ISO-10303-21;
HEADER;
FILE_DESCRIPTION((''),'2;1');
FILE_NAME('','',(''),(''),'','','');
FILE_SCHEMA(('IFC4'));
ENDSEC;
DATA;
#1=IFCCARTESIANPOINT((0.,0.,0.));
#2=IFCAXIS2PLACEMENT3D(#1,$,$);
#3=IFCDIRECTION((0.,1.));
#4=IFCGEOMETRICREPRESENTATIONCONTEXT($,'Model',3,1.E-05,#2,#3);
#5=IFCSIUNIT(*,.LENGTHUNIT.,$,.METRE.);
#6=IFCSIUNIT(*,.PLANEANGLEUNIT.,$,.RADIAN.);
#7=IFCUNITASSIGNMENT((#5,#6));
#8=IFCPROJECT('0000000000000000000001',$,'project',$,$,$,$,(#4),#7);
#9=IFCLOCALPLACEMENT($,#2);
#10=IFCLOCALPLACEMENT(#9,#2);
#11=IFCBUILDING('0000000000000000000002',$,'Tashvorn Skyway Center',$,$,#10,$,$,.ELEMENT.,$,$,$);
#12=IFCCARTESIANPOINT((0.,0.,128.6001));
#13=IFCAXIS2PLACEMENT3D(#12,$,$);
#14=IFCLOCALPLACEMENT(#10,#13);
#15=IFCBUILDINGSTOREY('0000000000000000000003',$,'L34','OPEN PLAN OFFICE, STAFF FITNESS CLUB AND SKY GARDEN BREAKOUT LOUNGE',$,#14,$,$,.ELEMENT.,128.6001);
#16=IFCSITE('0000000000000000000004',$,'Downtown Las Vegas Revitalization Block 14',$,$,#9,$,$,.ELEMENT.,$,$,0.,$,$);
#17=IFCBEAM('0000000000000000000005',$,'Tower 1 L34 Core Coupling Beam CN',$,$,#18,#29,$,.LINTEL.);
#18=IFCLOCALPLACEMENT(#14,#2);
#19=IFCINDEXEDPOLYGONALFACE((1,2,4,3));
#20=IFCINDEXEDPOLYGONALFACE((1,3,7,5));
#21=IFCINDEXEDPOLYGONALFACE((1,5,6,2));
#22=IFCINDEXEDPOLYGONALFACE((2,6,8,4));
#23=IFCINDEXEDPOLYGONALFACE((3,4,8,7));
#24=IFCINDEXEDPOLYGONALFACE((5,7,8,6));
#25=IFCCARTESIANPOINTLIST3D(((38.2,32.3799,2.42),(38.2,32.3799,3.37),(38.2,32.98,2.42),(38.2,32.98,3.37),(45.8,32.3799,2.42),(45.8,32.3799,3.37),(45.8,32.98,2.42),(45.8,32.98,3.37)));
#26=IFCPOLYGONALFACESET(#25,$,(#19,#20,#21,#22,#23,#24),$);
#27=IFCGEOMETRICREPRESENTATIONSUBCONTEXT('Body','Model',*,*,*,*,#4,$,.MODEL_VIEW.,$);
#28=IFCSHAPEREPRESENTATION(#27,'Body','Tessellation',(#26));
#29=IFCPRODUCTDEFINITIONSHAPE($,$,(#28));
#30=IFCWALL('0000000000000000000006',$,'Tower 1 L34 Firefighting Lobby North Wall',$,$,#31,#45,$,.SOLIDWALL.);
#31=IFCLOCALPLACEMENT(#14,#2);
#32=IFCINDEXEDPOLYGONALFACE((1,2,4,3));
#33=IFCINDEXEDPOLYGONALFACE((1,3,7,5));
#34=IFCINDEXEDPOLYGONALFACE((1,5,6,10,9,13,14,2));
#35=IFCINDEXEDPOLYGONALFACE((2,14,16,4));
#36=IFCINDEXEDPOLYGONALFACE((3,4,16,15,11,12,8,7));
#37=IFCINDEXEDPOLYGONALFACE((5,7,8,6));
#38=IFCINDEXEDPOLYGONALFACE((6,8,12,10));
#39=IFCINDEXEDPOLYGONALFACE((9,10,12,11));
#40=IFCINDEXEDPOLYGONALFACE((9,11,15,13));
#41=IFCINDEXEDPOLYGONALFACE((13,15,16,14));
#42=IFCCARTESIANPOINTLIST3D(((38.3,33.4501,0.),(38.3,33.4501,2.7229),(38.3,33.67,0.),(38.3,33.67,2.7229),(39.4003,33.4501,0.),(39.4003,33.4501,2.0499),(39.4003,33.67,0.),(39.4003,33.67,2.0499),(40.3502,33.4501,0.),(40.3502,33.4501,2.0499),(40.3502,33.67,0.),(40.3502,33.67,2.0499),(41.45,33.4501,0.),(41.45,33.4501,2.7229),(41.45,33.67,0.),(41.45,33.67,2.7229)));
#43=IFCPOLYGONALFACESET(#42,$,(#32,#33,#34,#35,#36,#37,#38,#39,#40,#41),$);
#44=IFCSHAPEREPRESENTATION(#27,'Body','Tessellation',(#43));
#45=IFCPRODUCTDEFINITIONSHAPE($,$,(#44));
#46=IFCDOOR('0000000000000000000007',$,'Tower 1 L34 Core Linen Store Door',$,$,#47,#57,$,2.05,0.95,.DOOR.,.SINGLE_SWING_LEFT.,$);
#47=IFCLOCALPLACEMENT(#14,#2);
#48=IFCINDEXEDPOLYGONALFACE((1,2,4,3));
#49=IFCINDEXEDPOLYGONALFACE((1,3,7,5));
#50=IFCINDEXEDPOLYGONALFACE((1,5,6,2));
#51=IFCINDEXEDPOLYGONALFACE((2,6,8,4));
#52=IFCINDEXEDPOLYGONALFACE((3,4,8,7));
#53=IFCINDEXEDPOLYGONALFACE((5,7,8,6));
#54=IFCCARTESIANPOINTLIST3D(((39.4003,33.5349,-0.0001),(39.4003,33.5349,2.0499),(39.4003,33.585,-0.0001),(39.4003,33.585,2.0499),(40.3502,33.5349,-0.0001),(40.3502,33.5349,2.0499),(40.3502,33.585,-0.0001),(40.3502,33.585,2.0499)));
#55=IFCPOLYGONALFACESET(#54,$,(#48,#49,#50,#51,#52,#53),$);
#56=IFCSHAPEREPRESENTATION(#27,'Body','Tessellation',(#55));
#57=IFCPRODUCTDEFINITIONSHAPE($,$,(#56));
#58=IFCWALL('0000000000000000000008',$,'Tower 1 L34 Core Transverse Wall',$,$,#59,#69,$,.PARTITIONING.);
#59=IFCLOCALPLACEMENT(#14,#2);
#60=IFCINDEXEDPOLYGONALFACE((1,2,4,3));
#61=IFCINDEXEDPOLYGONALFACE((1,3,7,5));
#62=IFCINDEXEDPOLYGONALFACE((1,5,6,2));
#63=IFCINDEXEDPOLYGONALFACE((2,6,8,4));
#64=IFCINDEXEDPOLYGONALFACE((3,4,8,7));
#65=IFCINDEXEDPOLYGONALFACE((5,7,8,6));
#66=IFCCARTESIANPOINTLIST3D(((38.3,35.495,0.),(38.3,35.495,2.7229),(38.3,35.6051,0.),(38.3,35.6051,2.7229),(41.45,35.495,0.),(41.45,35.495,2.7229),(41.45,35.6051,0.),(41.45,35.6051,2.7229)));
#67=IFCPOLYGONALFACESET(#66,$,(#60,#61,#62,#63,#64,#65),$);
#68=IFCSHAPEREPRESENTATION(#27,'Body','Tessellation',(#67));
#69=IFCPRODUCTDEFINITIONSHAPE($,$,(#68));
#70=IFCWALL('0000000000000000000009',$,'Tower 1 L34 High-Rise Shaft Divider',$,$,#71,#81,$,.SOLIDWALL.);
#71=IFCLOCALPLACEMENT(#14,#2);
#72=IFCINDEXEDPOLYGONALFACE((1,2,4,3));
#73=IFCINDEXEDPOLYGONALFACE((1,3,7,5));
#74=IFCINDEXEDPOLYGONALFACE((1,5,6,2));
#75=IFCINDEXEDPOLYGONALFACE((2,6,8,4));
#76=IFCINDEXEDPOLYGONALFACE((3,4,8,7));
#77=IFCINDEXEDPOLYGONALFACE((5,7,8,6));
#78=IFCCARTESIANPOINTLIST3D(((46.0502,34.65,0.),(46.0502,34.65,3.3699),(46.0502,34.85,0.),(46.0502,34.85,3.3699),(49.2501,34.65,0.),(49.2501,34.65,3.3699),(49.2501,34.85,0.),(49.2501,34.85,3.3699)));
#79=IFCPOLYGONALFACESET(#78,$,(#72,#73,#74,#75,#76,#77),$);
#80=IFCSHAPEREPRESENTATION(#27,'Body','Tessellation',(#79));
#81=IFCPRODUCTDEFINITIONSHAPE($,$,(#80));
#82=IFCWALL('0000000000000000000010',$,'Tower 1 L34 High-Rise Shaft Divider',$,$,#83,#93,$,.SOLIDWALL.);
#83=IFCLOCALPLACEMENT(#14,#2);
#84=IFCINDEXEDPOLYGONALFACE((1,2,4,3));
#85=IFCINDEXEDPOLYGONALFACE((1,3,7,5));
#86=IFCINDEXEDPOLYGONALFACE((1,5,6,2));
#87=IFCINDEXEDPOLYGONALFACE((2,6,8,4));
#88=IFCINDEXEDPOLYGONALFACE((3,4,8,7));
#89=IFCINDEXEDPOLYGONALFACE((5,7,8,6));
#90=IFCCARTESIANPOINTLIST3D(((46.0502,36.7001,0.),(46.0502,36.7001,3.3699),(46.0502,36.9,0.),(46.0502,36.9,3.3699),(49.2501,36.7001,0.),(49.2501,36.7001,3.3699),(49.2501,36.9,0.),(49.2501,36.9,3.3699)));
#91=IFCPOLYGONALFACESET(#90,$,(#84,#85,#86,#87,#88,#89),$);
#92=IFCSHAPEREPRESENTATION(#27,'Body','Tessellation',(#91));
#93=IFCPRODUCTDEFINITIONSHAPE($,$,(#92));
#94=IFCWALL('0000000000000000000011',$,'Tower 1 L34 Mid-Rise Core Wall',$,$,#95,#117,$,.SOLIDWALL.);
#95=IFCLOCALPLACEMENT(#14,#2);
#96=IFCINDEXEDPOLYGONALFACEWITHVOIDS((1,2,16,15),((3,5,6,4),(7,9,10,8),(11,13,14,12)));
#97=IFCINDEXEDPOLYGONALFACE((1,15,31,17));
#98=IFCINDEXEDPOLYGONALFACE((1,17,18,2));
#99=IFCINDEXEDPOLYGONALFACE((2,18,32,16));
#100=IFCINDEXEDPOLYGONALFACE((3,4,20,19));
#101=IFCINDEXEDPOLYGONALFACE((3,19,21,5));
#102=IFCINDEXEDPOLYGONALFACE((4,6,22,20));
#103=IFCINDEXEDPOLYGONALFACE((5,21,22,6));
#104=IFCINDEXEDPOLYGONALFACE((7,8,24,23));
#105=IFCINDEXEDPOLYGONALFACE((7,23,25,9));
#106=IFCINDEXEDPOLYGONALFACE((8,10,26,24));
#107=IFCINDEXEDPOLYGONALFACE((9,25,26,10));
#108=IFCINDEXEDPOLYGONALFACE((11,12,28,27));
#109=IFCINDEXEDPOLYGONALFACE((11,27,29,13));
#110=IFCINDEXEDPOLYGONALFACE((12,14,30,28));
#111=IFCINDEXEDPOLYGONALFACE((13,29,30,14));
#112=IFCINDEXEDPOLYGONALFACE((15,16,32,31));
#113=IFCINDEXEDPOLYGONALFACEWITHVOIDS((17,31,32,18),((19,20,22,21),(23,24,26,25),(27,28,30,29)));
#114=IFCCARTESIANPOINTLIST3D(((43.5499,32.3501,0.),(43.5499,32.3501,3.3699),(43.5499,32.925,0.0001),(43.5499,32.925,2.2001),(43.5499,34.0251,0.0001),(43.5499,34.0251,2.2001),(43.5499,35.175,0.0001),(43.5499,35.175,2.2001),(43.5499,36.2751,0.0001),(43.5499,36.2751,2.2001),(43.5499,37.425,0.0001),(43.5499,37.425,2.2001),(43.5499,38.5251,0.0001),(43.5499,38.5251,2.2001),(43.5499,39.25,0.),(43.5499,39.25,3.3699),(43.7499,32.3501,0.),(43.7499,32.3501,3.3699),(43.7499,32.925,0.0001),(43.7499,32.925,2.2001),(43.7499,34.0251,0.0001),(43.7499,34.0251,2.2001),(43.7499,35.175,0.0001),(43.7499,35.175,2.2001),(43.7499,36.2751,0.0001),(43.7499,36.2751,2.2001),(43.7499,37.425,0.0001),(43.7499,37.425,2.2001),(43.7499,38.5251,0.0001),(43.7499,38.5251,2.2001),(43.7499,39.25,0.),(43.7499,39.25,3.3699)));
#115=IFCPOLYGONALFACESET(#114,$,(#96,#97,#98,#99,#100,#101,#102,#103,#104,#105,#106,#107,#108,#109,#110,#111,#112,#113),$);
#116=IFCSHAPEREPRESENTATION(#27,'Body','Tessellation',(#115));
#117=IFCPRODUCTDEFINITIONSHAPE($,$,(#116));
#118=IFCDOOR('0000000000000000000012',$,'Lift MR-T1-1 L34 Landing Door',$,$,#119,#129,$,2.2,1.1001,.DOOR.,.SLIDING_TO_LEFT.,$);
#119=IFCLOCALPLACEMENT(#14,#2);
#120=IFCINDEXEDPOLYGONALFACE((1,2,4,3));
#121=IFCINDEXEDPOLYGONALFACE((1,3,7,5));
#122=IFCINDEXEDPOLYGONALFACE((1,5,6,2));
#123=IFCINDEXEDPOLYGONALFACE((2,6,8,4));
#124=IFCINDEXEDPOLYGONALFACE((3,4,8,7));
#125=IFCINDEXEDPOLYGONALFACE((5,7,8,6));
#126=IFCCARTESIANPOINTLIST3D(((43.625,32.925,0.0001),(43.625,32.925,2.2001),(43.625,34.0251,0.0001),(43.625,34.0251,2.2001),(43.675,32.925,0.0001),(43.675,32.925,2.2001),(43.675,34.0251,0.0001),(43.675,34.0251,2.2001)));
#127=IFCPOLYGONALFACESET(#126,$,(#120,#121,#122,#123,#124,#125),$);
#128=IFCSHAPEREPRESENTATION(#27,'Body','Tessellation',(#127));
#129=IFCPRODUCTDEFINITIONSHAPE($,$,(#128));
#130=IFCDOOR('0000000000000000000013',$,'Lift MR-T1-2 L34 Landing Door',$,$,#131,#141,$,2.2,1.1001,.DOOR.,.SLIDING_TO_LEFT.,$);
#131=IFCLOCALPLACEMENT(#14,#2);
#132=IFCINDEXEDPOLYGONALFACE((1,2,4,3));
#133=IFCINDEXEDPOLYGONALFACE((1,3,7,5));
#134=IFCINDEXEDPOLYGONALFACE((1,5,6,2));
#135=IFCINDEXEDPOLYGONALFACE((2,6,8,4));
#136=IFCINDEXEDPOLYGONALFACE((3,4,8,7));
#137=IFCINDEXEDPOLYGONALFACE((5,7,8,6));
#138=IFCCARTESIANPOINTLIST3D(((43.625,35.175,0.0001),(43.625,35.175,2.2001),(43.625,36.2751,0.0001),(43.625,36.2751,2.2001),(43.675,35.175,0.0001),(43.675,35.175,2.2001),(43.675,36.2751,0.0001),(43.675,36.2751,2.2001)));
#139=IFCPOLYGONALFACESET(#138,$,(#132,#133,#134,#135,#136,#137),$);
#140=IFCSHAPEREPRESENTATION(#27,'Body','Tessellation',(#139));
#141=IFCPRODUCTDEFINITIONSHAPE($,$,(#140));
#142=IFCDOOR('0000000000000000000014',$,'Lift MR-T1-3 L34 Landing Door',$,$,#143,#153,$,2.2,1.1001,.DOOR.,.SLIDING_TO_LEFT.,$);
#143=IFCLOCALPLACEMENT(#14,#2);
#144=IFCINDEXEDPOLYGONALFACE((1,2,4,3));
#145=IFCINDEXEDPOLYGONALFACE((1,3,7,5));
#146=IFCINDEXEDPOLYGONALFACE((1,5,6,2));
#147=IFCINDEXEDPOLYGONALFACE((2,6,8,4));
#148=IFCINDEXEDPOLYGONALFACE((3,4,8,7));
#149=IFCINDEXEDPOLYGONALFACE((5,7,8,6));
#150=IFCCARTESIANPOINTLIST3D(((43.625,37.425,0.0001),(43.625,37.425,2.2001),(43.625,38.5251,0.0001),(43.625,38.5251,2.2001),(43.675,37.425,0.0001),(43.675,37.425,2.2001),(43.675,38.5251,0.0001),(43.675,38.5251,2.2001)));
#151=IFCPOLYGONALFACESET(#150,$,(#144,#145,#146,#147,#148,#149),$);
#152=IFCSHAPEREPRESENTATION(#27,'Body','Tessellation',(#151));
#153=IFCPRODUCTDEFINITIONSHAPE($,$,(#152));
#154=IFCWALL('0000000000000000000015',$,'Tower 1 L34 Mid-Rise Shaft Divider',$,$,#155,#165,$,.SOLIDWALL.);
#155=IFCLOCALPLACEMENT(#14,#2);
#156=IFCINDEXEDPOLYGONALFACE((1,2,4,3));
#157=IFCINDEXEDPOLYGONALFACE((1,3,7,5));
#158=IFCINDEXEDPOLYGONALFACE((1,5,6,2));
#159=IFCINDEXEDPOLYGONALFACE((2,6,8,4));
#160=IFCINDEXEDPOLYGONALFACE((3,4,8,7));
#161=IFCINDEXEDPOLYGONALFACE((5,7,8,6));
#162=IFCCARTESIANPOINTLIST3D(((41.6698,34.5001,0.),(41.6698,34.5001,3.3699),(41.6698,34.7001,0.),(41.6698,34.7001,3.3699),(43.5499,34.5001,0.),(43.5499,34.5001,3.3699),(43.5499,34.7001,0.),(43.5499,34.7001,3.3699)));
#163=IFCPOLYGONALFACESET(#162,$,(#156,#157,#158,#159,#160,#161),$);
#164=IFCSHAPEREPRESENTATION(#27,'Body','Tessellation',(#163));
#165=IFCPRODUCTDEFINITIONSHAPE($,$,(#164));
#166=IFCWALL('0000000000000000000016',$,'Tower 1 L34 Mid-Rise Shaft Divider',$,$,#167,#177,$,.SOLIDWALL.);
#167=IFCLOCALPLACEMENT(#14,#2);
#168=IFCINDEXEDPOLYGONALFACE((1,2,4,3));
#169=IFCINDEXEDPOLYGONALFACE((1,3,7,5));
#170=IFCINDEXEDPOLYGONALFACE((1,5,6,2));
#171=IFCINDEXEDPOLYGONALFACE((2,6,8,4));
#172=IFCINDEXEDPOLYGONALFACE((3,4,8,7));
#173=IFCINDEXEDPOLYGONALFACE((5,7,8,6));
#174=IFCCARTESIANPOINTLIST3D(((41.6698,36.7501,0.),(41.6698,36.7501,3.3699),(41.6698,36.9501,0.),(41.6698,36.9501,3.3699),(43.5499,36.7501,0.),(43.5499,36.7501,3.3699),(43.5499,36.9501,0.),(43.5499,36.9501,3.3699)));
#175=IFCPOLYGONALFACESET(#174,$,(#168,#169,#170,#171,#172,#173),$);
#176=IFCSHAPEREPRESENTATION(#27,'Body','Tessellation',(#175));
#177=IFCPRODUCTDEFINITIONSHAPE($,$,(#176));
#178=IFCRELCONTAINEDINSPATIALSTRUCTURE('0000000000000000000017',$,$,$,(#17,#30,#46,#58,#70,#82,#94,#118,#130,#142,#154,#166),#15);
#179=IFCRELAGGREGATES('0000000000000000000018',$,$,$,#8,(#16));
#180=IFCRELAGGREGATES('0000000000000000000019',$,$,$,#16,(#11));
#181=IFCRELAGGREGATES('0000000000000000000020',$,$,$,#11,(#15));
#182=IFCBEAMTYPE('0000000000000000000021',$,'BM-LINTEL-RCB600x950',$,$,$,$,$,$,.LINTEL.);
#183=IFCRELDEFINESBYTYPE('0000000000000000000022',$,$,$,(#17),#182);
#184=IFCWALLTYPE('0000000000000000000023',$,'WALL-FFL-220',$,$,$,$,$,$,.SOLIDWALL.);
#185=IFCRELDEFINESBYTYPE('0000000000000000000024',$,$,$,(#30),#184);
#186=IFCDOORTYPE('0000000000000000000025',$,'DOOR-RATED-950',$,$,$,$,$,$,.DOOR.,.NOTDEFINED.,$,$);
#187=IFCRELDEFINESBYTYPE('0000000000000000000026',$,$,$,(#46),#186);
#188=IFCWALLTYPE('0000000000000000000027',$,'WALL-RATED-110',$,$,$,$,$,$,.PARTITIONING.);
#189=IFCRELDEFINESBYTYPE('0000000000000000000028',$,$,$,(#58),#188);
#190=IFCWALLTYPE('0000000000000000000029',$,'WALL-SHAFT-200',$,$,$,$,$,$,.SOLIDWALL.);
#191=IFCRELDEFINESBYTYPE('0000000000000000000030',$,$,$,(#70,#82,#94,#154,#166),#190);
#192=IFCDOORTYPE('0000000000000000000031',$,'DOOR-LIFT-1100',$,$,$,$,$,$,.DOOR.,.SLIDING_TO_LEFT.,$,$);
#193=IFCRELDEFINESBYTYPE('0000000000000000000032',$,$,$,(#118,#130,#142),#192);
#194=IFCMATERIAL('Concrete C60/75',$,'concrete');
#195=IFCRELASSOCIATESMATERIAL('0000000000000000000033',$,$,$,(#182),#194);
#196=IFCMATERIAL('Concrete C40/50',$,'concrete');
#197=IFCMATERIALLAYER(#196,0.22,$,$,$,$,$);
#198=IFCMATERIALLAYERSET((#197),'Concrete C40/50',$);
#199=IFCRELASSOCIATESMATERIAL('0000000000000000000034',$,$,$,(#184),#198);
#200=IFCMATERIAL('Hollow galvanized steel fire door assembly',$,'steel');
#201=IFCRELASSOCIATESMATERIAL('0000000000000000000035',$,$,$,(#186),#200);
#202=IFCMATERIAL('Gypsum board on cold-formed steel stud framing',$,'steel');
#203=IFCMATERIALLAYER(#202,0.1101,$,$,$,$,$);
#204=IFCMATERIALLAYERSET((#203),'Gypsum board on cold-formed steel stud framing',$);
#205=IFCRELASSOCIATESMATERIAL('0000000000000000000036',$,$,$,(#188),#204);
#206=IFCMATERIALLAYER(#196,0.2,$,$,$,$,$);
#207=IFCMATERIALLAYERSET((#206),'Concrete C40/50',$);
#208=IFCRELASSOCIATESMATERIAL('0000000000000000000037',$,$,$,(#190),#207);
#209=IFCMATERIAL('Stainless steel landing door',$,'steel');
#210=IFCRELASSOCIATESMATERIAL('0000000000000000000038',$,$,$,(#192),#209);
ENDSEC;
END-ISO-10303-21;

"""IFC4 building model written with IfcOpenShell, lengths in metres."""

from ifc_helpers import new_model, si_unit, direction, frame, frame_2d, origin, origin_2d, place, context, subcontext, project, spatial, rectangle, extrude, material, layer, layer_set, material_profile, profile_set, type_object, element, fill, save


model = new_model("IFC4")

# Units and contexts
model_context = context("Model", 3, precision=1e-05, world=origin(), true_north=direction((0.0, 1.0)))
body_context = subcontext(model_context, "Body", "Model", "MODEL_VIEW")
ifc_project = project(units=[si_unit("LENGTHUNIT", "METRE"), si_unit("PLANEANGLEUNIT", "RADIAN")], contexts=[model_context])

# Site, building, storey
site_placement = place(None, origin())
site = spatial("IfcSite", under=ifc_project, at=site_placement, Name="Downtown Las Vegas Revitalization Block 14", CompositionType="ELEMENT", RefElevation=0.0)
building_placement = place(site_placement, origin())
building = spatial("IfcBuilding", under=site, at=building_placement, Name="Tashvorn Skyway Center", CompositionType="ELEMENT")
storey_placement = place(building_placement, frame((0.0, 0.0, 128.6001)))
storey = spatial("IfcBuildingStorey", under=building, at=storey_placement, Name="L34", Description="OPEN PLAN OFFICE, STAFF FITNESS CLUB AND SKY GARDEN BREAKOUT LOUNGE", CompositionType="ELEMENT", Elevation=128.6001)

# Beam
ifc_material_1 = material(Name="Concrete C60/75", Category="concrete")
ifc_material_profile = material_profile(ifc_material_1, rectangle(XDim=0.6001, YDim=0.95, at=origin_2d()), Name="RCB600x950")
ifc_profile_set = profile_set([ifc_material_profile], Name="Concrete C60/75")
beam_type = type_object("IfcBeamType", Name="BM-LINTEL-RCB600x950", PredefinedType="LINTEL", material=ifc_profile_set)
beam_placement = place(storey_placement, frame((38.2, 32.6799, 2.895), z_axis=(1.0, 0.0, 0.0), x_axis=(0.0, 1.0, 0.0)))
element("IfcBeam", 1, at=beam_placement, inside=storey, type_object=beam_type, Name="Tower 1 L34 Core Coupling Beam CN", PredefinedType="LINTEL", context=body_context, shape_type="SweptSolid", body=[
    extrude(rectangle(XDim=0.6001, YDim=0.95, at=origin_2d()), origin(), (0.0, 0.0, 1.0), 7.6001),
])

# Wall, opening, door
ifc_material_2 = material(Name="Concrete C40/50", Category="concrete")
ifc_layer_1 = layer(ifc_material_2, 0.22)
ifc_layer_set_1 = layer_set([ifc_layer_1], Name="Concrete C40/50")
wall_type_1 = type_object("IfcWallType", Name="WALL-FFL-220", PredefinedType="SOLIDWALL", material=ifc_layer_set_1)
wall_1_placement = place(storey_placement, frame((38.3, 33.5601, 0.0), z_axis=(0.0, 0.0, 1.0), x_axis=(1.0, 0.0, 0.0)))
wall_1 = element("IfcWall", 2, at=wall_1_placement, inside=storey, type_object=wall_type_1, Name="Tower 1 L34 Firefighting Lobby North Wall", PredefinedType="SOLIDWALL", context=body_context, shape_type="SweptSolid", body=[
    extrude(rectangle(XDim=3.1499, YDim=0.22, at=frame_2d((1.575, 0.0))), origin(), (0.0, 0.0, 1.0), 2.7229),
])
opening_1_placement = place(wall_1_placement, frame((1.1001, 0.0, 0.0)))
opening_1 = element("IfcOpeningElement", 3, at=opening_1_placement, cuts=wall_1, PredefinedType="OPENING", context=body_context, shape_type="SweptSolid", body=[
    extrude(rectangle(XDim=0.95, YDim=2.05, at=frame_2d((0.4751, 1.0249))), frame((0.0, 0.1199, 0.0), z_axis=(0.0, -1.0, 0.0), x_axis=(1.0, 0.0, 0.0)), (0.0, 0.0, 1.0), 0.24),
])
ifc_material_3 = material(Name="Hollow galvanized steel fire door assembly", Category="steel")
door_type_1 = type_object("IfcDoorType", Name="DOOR-RATED-950", OperationType="NOTDEFINED", PredefinedType="DOOR", material=ifc_material_3)
door_1_placement = place(opening_1_placement, origin())
door_1 = element("IfcDoor", 4, at=door_1_placement, inside=storey, type_object=door_type_1, Name="Tower 1 L34 Core Linen Store Door", OperationType="SINGLE_SWING_LEFT", OverallHeight=2.05, OverallWidth=0.95, PredefinedType="DOOR", context=body_context, shape_type="SweptSolid", body=[
    extrude(rectangle(XDim=0.95, YDim=2.05, at=frame_2d((0.4751, 1.0249))), frame((0.0, 0.0249, 0.0), z_axis=(0.0, -1.0, 0.0), x_axis=(1.0, 0.0, 0.0)), (0.0, 0.0, 1.0), 0.05),
])
fill(opening_1, door_1)

# Walls
ifc_material_4 = material(Name="Gypsum board on cold-formed steel stud framing", Category="steel")
ifc_layer_2 = layer(ifc_material_4, 0.1101)
ifc_layer_set_2 = layer_set([ifc_layer_2], Name="Gypsum board on cold-formed steel stud framing")
wall_type_2 = type_object("IfcWallType", Name="WALL-RATED-110", PredefinedType="PARTITIONING", material=ifc_layer_set_2)
wall_2_placement = place(storey_placement, frame((38.3, 35.55, 0.0), z_axis=(0.0, 0.0, 1.0), x_axis=(1.0, 0.0, 0.0)))
element("IfcWall", 5, at=wall_2_placement, inside=storey, type_object=wall_type_2, Name="Tower 1 L34 Core Transverse Wall", PredefinedType="PARTITIONING", context=body_context, shape_type="SweptSolid", body=[
    extrude(rectangle(XDim=3.1499, YDim=0.1101, at=frame_2d((1.575, 0.0))), origin(), (0.0, 0.0, 1.0), 2.7229),
])
ifc_layer_3 = layer(ifc_material_2, 0.2)
ifc_layer_set_3 = layer_set([ifc_layer_3], Name="Concrete C40/50")
wall_type_3 = type_object("IfcWallType", Name="WALL-SHAFT-200", PredefinedType="SOLIDWALL", material=ifc_layer_set_3)
for number, where, z_axis, x_axis, name in (
    (6, (46.05, 34.75, 0.0), (0.0, 0.0, 1.0), (1.0, 0.0, 0.0), "Tower 1 L34 High-Rise Shaft Divider"),
    (7, (46.05, 36.8, 0.0), (0.0, 0.0, 1.0), (1.0, 0.0, 0.0), "Tower 1 L34 High-Rise Shaft Divider"),
):
    element("IfcWall", number, at=place(storey_placement, frame(where, z_axis=z_axis, x_axis=x_axis)), inside=storey, type_object=wall_type_3, Name=name, PredefinedType="SOLIDWALL", context=body_context, shape_type="SweptSolid", body=[
        extrude(rectangle(XDim=3.2, YDim=0.2, at=frame_2d((1.6001, 0.0))), origin(), (0.0, 0.0, 1.0), 3.3699),
    ])

# Wall, openings, doors
wall_3_placement = place(storey_placement, frame((43.6499, 32.3501, 0.0), z_axis=(0.0, 0.0, 1.0), x_axis=(0.0, 1.0, 0.0)))
wall_3 = element("IfcWall", 8, at=wall_3_placement, inside=storey, type_object=wall_type_3, Name="Tower 1 L34 Mid-Rise Core Wall", PredefinedType="SOLIDWALL", context=body_context, shape_type="SweptSolid", body=[
    extrude(rectangle(XDim=6.8999, YDim=0.2, at=frame_2d((3.45, 0.0))), origin(), (0.0, 0.0, 1.0), 3.3699),
])
opening_2_placement = place(wall_3_placement, frame((0.575, 0.0, 0.0)))
opening_2 = element("IfcOpeningElement", 9, at=opening_2_placement, cuts=wall_3, PredefinedType="OPENING", context=body_context, shape_type="SweptSolid", body=[
    extrude(rectangle(XDim=1.1001, YDim=2.2, at=frame_2d((0.55, 1.1001))), frame((0.0, 0.1099, 0.0), z_axis=(0.0, -1.0, 0.0), x_axis=(1.0, 0.0, 0.0)), (0.0, 0.0, 1.0), 0.22),
])
opening_3_placement = place(wall_3_placement, frame((2.825, 0.0, 0.0)))
opening_3 = element("IfcOpeningElement", 10, at=opening_3_placement, cuts=wall_3, PredefinedType="OPENING", context=body_context, shape_type="SweptSolid", body=[
    extrude(rectangle(XDim=1.1001, YDim=2.2, at=frame_2d((0.55, 1.1001))), frame((0.0, 0.1099, 0.0), z_axis=(0.0, -1.0, 0.0), x_axis=(1.0, 0.0, 0.0)), (0.0, 0.0, 1.0), 0.22),
])
opening_4_placement = place(wall_3_placement, frame((5.075, 0.0, 0.0)))
opening_4 = element("IfcOpeningElement", 11, at=opening_4_placement, cuts=wall_3, PredefinedType="OPENING", context=body_context, shape_type="SweptSolid", body=[
    extrude(rectangle(XDim=1.1001, YDim=2.2, at=frame_2d((0.55, 1.1001))), frame((0.0, 0.1099, 0.0), z_axis=(0.0, -1.0, 0.0), x_axis=(1.0, 0.0, 0.0)), (0.0, 0.0, 1.0), 0.22),
])
ifc_material_5 = material(Name="Stainless steel landing door", Category="steel")
door_type_2 = type_object("IfcDoorType", Name="DOOR-LIFT-1100", OperationType="SLIDING_TO_LEFT", PredefinedType="DOOR", material=ifc_material_5)
door_2_placement = place(opening_2_placement, origin())
door_2 = element("IfcDoor", 12, at=door_2_placement, inside=storey, type_object=door_type_2, Name="Lift MR-T1-1 L34 Landing Door", OperationType="SLIDING_TO_LEFT", OverallHeight=2.2, OverallWidth=1.1001, PredefinedType="DOOR", context=body_context, shape_type="SweptSolid", body=[
    extrude(rectangle(XDim=1.1001, YDim=2.2, at=frame_2d((0.55, 1.1001))), frame((0.0, 0.0249, 0.0), z_axis=(0.0, -1.0, 0.0), x_axis=(1.0, 0.0, 0.0)), (0.0, 0.0, 1.0), 0.05),
])
fill(opening_2, door_2)
door_3_placement = place(opening_3_placement, origin())
door_3 = element("IfcDoor", 13, at=door_3_placement, inside=storey, type_object=door_type_2, Name="Lift MR-T1-2 L34 Landing Door", OperationType="SLIDING_TO_LEFT", OverallHeight=2.2, OverallWidth=1.1001, PredefinedType="DOOR", context=body_context, shape_type="SweptSolid", body=[
    extrude(rectangle(XDim=1.1001, YDim=2.2, at=frame_2d((0.55, 1.1001))), frame((0.0, 0.0249, 0.0), z_axis=(0.0, -1.0, 0.0), x_axis=(1.0, 0.0, 0.0)), (0.0, 0.0, 1.0), 0.05),
])
fill(opening_3, door_3)
door_4_placement = place(opening_4_placement, origin())
door_4 = element("IfcDoor", 14, at=door_4_placement, inside=storey, type_object=door_type_2, Name="Lift MR-T1-3 L34 Landing Door", OperationType="SLIDING_TO_LEFT", OverallHeight=2.2, OverallWidth=1.1001, PredefinedType="DOOR", context=body_context, shape_type="SweptSolid", body=[
    extrude(rectangle(XDim=1.1001, YDim=2.2, at=frame_2d((0.55, 1.1001))), frame((0.0, 0.0249, 0.0), z_axis=(0.0, -1.0, 0.0), x_axis=(1.0, 0.0, 0.0)), (0.0, 0.0, 1.0), 0.05),
])
fill(opening_4, door_4)

# Walls
for number, where, z_axis, x_axis, name in (
    (15, (41.6699, 34.6001, 0.0), (0.0, 0.0, 1.0), (1.0, 0.0, 0.0), "Tower 1 L34 Mid-Rise Shaft Divider"),
    (16, (41.6699, 36.8501, 0.0), (0.0, 0.0, 1.0), (1.0, 0.0, 0.0), "Tower 1 L34 Mid-Rise Shaft Divider"),
):
    element("IfcWall", number, at=place(storey_placement, frame(where, z_axis=z_axis, x_axis=x_axis)), inside=storey, type_object=wall_type_3, Name=name, PredefinedType="SOLIDWALL", context=body_context, shape_type="SweptSolid", body=[
        extrude(rectangle(XDim=1.8801, YDim=0.2, at=frame_2d((0.9399, 0.0))), origin(), (0.0, 0.0, 1.0), 3.3699),
    ])

save(model, "model.ifc")
